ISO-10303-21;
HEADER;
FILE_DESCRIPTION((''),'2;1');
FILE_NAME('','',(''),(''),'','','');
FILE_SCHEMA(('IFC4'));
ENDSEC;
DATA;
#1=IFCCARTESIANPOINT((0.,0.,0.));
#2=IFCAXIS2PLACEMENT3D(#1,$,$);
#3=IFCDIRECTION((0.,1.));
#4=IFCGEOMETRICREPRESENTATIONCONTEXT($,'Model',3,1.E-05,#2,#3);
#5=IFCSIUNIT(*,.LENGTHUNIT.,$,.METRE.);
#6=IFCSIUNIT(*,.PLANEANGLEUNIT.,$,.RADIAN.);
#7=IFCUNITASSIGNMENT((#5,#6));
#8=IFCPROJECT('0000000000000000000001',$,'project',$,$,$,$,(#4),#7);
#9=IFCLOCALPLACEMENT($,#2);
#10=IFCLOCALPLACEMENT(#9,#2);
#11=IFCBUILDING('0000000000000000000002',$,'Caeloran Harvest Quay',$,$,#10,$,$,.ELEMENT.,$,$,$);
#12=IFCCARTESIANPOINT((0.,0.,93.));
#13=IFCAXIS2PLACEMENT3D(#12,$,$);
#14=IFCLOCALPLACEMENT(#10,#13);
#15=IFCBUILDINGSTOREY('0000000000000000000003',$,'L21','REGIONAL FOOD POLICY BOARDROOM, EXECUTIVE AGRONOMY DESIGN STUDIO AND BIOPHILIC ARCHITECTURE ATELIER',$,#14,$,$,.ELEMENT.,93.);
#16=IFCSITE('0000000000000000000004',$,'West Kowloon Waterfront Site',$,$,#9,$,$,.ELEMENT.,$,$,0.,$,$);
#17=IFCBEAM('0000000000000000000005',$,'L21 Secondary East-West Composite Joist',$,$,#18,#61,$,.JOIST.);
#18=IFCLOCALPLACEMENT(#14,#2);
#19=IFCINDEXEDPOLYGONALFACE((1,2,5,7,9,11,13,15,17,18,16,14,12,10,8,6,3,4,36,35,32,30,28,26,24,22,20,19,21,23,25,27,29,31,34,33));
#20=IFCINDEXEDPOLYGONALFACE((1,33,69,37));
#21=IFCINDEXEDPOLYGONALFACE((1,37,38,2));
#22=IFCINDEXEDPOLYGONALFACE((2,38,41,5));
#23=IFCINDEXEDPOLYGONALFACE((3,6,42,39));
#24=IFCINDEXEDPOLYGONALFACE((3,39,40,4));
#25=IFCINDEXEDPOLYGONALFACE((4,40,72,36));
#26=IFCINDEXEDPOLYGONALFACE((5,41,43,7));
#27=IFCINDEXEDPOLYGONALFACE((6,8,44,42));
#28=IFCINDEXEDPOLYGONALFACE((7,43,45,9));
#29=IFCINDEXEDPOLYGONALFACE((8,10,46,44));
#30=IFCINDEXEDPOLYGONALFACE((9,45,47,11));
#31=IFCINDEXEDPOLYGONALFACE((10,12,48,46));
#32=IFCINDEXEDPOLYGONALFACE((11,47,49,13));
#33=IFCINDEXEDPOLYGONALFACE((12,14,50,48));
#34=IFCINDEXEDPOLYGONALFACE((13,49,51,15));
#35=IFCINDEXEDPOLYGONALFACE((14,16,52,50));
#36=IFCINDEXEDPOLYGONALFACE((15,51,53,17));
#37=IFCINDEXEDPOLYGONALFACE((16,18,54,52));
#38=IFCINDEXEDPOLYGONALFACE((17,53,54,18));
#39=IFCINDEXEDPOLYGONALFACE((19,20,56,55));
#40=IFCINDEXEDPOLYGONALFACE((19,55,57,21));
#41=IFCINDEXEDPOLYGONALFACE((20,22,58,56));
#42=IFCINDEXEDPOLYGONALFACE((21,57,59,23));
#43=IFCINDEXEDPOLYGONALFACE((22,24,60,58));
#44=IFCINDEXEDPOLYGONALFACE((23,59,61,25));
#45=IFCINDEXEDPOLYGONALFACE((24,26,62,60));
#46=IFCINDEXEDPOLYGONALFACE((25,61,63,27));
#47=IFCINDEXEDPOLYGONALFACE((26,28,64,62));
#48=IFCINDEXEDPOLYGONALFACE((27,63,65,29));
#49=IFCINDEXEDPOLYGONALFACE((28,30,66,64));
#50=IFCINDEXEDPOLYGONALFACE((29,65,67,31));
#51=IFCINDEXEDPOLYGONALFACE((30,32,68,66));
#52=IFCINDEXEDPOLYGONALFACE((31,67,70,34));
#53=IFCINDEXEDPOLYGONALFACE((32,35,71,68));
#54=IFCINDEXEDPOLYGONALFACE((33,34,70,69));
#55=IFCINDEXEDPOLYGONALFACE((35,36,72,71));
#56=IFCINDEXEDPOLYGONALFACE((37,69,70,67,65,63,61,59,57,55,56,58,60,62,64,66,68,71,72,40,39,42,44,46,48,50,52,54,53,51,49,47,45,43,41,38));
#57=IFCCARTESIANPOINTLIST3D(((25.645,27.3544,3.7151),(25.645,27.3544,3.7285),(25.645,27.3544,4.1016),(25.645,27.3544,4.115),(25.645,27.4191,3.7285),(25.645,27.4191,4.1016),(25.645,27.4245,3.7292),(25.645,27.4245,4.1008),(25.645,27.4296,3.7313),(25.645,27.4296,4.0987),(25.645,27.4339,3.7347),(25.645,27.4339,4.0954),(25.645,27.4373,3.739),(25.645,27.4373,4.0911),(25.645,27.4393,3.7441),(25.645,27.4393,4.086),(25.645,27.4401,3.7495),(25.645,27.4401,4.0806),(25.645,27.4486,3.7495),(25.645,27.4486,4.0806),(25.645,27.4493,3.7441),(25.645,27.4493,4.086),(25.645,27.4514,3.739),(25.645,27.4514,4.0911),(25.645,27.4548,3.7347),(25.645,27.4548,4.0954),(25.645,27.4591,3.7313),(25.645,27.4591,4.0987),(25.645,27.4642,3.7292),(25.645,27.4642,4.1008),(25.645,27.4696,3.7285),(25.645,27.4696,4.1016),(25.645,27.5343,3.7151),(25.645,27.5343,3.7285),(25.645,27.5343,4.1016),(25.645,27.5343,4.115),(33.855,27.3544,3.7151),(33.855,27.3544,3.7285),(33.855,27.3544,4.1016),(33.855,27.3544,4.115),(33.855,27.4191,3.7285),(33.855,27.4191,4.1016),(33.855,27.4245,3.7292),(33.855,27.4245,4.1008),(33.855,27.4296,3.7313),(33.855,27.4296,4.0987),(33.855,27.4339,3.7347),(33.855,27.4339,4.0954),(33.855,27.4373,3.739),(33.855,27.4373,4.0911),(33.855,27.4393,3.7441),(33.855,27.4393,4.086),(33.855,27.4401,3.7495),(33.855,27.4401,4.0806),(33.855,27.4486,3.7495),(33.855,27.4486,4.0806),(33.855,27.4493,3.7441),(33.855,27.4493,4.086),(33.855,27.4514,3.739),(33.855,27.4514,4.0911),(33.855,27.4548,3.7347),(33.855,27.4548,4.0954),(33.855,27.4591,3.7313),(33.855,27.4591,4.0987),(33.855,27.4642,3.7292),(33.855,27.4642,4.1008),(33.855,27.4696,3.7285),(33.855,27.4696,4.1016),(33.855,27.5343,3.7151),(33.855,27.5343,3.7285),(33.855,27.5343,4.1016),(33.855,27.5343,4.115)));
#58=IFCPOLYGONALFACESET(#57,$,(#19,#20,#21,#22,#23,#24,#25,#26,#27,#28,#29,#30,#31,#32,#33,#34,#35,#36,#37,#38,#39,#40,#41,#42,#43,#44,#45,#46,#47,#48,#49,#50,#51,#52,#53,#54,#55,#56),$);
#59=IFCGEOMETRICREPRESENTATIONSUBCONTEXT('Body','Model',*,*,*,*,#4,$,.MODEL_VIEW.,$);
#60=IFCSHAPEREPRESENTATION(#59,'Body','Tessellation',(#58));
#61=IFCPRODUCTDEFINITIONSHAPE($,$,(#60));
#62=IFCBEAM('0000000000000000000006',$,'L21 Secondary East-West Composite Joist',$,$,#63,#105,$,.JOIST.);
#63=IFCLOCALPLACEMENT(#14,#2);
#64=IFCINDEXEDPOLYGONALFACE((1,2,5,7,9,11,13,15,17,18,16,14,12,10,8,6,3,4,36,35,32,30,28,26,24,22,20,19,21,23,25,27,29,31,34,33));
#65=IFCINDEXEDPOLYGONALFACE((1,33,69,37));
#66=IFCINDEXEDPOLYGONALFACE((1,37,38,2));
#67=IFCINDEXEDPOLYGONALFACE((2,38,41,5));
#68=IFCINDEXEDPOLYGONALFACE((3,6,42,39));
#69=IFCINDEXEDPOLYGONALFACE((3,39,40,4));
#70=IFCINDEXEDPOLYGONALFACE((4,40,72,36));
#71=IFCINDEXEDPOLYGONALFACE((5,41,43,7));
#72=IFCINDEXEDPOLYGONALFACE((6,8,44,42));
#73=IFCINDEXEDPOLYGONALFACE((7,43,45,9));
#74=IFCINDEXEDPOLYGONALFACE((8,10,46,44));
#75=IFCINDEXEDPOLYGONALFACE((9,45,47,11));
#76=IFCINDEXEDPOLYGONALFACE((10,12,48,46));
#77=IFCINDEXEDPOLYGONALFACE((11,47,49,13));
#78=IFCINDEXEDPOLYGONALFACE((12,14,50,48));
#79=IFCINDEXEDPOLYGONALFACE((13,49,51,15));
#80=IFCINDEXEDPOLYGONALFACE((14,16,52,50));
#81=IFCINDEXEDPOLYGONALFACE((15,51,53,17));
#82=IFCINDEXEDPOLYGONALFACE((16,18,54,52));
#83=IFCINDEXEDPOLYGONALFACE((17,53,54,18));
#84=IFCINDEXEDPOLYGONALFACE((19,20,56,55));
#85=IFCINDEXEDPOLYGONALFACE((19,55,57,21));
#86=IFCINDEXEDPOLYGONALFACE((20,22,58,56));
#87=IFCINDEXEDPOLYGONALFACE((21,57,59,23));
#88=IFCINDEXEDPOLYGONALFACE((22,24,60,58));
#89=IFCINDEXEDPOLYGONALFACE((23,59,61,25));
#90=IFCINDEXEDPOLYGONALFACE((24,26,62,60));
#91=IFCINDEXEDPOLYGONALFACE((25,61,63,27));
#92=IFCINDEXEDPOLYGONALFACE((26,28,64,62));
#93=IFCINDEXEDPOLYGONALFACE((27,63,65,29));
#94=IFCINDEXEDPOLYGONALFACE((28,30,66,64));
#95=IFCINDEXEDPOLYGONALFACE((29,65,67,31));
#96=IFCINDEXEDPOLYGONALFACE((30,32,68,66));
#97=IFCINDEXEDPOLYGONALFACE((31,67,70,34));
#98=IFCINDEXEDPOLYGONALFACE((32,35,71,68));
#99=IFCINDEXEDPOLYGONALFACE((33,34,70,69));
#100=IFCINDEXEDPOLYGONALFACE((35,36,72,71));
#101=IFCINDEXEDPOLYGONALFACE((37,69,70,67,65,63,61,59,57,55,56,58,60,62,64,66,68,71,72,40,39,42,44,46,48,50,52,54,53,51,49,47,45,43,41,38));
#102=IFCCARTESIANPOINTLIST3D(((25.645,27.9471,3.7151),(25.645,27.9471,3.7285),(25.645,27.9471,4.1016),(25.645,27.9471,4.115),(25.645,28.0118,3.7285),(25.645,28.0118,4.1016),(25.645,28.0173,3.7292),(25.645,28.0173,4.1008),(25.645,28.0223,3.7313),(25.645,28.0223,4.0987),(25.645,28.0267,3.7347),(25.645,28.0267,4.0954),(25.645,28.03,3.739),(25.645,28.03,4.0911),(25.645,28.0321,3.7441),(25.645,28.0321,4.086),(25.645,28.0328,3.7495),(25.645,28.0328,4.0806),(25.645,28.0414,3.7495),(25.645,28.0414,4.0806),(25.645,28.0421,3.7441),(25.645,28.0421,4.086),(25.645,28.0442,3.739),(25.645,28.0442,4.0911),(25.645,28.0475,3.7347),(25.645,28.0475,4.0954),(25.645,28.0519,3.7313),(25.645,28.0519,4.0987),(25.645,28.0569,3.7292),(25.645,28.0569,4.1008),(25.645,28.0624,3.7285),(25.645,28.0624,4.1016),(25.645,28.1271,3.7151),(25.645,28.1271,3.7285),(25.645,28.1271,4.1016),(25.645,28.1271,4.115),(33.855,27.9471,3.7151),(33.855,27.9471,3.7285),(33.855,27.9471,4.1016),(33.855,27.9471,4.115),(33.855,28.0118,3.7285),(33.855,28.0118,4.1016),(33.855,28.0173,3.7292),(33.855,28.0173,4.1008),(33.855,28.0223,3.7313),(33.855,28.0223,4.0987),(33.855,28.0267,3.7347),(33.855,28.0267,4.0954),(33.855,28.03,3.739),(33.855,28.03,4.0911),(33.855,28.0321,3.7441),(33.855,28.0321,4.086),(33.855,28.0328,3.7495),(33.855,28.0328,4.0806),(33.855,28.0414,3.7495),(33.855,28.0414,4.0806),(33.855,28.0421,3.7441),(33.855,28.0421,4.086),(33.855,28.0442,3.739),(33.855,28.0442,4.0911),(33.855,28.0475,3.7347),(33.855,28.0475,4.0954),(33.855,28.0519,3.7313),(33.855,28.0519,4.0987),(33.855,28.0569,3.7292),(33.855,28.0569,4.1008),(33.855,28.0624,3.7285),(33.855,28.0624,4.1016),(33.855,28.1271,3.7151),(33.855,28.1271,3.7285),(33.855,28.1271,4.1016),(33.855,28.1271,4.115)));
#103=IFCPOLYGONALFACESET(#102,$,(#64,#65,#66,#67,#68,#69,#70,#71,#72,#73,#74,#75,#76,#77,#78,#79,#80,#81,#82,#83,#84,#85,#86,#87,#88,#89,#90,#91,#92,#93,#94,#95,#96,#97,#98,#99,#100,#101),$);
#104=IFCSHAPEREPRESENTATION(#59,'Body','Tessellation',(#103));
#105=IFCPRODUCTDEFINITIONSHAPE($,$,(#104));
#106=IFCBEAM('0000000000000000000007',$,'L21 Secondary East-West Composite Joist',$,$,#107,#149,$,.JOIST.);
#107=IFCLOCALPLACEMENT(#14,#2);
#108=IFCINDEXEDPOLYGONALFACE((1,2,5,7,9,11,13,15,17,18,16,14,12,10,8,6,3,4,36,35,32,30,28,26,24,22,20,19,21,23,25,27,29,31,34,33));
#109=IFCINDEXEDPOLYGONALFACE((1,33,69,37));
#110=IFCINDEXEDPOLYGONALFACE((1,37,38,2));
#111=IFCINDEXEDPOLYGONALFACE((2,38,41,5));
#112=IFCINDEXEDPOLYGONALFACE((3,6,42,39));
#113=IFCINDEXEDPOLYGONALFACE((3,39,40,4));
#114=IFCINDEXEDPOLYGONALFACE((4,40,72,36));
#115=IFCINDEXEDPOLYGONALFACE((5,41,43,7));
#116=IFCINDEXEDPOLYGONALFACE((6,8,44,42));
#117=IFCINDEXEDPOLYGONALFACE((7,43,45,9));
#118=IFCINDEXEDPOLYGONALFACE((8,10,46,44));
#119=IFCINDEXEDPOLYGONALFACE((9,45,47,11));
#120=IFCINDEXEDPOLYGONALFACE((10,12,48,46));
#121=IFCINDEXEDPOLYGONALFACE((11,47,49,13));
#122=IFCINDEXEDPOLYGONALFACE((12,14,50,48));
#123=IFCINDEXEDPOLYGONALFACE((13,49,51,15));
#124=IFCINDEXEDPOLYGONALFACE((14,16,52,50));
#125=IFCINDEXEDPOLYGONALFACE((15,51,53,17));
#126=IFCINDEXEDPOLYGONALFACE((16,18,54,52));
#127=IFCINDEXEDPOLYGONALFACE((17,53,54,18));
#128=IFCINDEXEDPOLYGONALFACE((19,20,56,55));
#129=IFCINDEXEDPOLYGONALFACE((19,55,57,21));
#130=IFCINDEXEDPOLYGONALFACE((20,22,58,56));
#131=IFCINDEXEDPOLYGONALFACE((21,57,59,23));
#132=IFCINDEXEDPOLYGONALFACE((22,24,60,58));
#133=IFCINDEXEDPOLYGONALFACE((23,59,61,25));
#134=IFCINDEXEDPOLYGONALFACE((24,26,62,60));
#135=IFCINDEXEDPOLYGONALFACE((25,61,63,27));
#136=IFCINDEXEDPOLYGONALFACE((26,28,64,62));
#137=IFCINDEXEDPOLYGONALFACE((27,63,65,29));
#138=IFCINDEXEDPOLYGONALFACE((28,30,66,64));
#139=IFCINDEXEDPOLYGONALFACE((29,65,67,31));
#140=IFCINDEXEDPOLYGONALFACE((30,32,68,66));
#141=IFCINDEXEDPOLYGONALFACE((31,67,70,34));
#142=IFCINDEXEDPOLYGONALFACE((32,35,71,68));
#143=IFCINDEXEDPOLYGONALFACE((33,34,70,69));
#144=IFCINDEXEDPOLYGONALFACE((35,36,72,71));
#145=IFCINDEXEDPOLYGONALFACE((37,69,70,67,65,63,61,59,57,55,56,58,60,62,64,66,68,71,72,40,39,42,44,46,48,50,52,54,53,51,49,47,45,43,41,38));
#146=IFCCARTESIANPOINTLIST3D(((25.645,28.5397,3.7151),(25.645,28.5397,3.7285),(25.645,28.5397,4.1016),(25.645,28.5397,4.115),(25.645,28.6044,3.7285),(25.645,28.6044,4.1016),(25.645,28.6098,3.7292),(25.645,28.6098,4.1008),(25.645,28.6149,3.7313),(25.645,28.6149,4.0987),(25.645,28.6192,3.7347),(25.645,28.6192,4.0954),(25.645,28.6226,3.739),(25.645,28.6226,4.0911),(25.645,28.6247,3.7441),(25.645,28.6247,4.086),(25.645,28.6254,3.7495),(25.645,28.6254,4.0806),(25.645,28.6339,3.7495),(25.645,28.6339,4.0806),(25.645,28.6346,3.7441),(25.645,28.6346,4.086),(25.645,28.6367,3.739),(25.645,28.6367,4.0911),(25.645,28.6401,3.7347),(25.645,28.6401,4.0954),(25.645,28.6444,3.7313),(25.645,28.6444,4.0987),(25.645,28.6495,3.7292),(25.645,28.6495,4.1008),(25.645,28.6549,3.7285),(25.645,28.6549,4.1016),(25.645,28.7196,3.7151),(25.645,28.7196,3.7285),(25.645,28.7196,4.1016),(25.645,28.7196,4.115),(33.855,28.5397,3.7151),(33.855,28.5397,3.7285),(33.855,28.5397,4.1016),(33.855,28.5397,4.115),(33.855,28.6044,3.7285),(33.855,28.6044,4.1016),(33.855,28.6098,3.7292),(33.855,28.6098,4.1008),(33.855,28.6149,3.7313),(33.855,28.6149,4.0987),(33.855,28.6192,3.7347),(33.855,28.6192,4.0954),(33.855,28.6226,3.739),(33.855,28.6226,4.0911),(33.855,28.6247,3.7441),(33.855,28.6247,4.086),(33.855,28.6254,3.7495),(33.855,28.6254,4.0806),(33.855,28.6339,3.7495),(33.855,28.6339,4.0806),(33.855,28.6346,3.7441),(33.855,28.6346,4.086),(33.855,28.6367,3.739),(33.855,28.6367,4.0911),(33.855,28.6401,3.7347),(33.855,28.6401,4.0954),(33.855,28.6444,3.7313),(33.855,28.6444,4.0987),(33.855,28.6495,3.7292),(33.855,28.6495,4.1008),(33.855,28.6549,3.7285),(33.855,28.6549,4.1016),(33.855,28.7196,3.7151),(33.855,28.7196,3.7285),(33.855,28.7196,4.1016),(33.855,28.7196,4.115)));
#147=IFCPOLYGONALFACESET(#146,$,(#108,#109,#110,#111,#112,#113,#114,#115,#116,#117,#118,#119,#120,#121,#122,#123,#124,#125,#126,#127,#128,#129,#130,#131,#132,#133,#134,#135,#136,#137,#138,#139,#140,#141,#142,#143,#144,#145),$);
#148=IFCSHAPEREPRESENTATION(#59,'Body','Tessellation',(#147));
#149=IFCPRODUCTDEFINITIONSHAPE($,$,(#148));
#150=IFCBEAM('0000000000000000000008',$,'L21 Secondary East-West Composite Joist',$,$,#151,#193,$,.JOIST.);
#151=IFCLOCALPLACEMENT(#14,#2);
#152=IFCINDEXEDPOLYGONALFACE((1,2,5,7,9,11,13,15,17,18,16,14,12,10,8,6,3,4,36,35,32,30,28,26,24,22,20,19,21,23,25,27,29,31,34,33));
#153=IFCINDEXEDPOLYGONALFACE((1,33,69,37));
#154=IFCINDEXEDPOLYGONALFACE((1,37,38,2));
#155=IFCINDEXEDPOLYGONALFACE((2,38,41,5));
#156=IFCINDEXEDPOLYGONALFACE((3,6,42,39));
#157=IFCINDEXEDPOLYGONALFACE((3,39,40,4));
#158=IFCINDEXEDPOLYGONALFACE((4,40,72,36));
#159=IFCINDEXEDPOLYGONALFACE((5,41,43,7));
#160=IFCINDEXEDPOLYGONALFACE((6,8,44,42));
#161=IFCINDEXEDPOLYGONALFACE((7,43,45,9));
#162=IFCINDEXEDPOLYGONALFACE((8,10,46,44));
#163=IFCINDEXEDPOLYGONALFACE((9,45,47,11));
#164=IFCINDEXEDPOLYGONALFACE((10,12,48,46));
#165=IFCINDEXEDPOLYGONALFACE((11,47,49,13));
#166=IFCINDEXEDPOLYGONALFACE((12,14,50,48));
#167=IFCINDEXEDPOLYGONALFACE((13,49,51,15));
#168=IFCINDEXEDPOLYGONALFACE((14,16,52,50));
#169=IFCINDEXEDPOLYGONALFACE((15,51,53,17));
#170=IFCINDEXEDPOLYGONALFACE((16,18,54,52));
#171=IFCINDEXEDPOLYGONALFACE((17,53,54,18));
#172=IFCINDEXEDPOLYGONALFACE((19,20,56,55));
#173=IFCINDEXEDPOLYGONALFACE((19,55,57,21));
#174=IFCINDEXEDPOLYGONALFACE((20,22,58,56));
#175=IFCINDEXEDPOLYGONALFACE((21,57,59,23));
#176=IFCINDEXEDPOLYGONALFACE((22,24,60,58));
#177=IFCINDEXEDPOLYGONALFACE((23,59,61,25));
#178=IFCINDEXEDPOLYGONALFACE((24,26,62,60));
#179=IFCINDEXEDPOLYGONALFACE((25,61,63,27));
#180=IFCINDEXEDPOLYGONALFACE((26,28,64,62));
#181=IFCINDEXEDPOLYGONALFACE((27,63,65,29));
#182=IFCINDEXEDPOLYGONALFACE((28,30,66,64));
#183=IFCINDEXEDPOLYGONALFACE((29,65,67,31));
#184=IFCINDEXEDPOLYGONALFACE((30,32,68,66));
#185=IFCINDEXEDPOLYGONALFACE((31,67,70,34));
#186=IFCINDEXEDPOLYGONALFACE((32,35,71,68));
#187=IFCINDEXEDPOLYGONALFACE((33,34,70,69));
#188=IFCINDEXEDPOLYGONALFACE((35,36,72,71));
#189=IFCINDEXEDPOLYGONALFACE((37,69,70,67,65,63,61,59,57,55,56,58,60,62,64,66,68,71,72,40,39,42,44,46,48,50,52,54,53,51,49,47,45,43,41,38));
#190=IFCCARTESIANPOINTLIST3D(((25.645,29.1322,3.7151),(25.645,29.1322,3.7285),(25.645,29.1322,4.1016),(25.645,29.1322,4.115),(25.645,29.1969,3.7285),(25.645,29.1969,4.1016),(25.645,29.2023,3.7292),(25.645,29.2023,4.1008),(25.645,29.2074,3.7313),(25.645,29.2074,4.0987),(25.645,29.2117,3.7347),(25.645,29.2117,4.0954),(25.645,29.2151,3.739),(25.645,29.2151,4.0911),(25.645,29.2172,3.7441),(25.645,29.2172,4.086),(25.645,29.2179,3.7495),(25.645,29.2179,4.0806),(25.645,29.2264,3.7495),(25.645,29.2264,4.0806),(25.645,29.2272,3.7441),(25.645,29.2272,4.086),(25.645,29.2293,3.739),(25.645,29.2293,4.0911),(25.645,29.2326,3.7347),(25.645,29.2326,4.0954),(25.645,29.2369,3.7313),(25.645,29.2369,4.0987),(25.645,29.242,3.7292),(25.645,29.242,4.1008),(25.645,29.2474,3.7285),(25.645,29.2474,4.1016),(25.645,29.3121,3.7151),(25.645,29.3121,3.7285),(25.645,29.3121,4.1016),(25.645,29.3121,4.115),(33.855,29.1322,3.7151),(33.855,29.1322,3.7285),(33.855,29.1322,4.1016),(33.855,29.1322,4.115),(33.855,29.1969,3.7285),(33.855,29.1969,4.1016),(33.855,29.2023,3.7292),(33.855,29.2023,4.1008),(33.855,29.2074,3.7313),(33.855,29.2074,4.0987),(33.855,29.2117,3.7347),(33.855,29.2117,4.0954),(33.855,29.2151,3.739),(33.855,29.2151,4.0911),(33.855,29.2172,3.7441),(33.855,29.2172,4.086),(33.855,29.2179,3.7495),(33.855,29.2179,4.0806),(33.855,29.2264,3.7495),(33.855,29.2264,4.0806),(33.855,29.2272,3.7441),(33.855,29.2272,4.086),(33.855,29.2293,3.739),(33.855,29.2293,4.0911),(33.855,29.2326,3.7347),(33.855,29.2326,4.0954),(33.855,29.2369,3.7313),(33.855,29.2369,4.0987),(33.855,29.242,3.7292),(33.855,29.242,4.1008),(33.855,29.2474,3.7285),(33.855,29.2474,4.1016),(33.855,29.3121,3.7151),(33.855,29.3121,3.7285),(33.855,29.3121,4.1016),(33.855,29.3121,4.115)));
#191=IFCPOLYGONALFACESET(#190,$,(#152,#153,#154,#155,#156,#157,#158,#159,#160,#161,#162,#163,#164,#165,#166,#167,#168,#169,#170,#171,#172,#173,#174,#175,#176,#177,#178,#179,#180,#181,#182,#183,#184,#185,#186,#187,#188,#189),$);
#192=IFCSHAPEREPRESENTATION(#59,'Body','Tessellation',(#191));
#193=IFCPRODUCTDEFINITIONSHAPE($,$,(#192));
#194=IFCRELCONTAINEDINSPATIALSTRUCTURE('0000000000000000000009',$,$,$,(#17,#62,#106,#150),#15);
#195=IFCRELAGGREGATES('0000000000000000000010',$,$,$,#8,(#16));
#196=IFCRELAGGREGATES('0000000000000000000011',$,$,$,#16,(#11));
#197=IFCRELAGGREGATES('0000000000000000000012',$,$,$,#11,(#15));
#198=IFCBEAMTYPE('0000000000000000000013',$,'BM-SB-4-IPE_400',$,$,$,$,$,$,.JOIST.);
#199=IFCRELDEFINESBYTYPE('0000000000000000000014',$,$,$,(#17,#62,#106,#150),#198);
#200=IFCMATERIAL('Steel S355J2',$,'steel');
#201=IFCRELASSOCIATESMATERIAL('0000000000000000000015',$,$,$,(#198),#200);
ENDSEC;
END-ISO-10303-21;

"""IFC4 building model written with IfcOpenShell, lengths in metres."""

from ifc_helpers import new_model, si_unit, direction, frame, origin, origin_2d, place, context, subcontext, project, spatial, i_section, extrude, material, material_profile, profile_set, type_object, element, save


model = new_model("IFC4")

# Units and contexts
model_context = context("Model", 3, precision=1e-05, world=origin(), true_north=direction((0.0, 1.0)))
body_context = subcontext(model_context, "Body", "Model", "MODEL_VIEW")
ifc_project = project(units=[si_unit("LENGTHUNIT", "METRE"), si_unit("PLANEANGLEUNIT", "RADIAN")], contexts=[model_context])

# Site, building, storey
site_placement = place(None, origin())
site = spatial("IfcSite", under=ifc_project, at=site_placement, Name="West Kowloon Waterfront Site", CompositionType="ELEMENT", RefElevation=0.0)
building_placement = place(site_placement, origin())
building = spatial("IfcBuilding", under=site, at=building_placement, Name="Caeloran Harvest Quay", CompositionType="ELEMENT")
storey_placement = place(building_placement, frame((0.0, 0.0, 93.0)))
storey = spatial("IfcBuildingStorey", under=building, at=storey_placement, Name="L21", Description="REGIONAL FOOD POLICY BOARDROOM, EXECUTIVE AGRONOMY DESIGN STUDIO AND BIOPHILIC ARCHITECTURE ATELIER", CompositionType="ELEMENT", Elevation=93.0)

# Beams
ifc_material_1 = material(Name="Steel S355J2", Category="steel")
ifc_material_profile_1 = material_profile(ifc_material_1, i_section(OverallWidth=0.1799, OverallDepth=0.3999, WebThickness=0.0085, FlangeThickness=0.0134, FilletRadius=0.021, at=origin_2d()), Name="IPE 400")
ifc_profile_set_1 = profile_set([ifc_material_profile_1], Name="Steel S355J2")
beam_type_1 = type_object("IfcBeamType", Name="BM-SB-4-IPE_400", PredefinedType="JOIST", material=ifc_profile_set_1)
for number, where, z_axis, x_axis, name in (
    (1, (25.645, 27.4443, 3.915), (1.0, 0.0, 0.0), (0.0, 1.0, 0.0), "L21 Secondary East-West Composite Joist"),
    (2, (25.645, 28.0371, 3.915), (1.0, 0.0, 0.0), (0.0, 1.0, 0.0), "L21 Secondary East-West Composite Joist"),
    (3, (25.645, 28.6296, 3.915), (1.0, 0.0, 0.0), (0.0, 1.0, 0.0), "L21 Secondary East-West Composite Joist"),
    (4, (25.645, 29.2222, 3.915), (1.0, 0.0, 0.0), (0.0, 1.0, 0.0), "L21 Secondary East-West Composite Joist"),
):
    element("IfcBeam", number, at=place(storey_placement, frame(where, z_axis=z_axis, x_axis=x_axis)), inside=storey, type_object=beam_type_1, Name=name, PredefinedType="JOIST", context=body_context, shape_type="SweptSolid", body=[
        extrude(i_section(OverallWidth=0.1799, OverallDepth=0.3999, WebThickness=0.0085, FlangeThickness=0.0134, FilletRadius=0.021, at=origin_2d()), origin(), (0.0, 0.0, 1.0), 8.21),
    ])

save(model, "model.ifc")
